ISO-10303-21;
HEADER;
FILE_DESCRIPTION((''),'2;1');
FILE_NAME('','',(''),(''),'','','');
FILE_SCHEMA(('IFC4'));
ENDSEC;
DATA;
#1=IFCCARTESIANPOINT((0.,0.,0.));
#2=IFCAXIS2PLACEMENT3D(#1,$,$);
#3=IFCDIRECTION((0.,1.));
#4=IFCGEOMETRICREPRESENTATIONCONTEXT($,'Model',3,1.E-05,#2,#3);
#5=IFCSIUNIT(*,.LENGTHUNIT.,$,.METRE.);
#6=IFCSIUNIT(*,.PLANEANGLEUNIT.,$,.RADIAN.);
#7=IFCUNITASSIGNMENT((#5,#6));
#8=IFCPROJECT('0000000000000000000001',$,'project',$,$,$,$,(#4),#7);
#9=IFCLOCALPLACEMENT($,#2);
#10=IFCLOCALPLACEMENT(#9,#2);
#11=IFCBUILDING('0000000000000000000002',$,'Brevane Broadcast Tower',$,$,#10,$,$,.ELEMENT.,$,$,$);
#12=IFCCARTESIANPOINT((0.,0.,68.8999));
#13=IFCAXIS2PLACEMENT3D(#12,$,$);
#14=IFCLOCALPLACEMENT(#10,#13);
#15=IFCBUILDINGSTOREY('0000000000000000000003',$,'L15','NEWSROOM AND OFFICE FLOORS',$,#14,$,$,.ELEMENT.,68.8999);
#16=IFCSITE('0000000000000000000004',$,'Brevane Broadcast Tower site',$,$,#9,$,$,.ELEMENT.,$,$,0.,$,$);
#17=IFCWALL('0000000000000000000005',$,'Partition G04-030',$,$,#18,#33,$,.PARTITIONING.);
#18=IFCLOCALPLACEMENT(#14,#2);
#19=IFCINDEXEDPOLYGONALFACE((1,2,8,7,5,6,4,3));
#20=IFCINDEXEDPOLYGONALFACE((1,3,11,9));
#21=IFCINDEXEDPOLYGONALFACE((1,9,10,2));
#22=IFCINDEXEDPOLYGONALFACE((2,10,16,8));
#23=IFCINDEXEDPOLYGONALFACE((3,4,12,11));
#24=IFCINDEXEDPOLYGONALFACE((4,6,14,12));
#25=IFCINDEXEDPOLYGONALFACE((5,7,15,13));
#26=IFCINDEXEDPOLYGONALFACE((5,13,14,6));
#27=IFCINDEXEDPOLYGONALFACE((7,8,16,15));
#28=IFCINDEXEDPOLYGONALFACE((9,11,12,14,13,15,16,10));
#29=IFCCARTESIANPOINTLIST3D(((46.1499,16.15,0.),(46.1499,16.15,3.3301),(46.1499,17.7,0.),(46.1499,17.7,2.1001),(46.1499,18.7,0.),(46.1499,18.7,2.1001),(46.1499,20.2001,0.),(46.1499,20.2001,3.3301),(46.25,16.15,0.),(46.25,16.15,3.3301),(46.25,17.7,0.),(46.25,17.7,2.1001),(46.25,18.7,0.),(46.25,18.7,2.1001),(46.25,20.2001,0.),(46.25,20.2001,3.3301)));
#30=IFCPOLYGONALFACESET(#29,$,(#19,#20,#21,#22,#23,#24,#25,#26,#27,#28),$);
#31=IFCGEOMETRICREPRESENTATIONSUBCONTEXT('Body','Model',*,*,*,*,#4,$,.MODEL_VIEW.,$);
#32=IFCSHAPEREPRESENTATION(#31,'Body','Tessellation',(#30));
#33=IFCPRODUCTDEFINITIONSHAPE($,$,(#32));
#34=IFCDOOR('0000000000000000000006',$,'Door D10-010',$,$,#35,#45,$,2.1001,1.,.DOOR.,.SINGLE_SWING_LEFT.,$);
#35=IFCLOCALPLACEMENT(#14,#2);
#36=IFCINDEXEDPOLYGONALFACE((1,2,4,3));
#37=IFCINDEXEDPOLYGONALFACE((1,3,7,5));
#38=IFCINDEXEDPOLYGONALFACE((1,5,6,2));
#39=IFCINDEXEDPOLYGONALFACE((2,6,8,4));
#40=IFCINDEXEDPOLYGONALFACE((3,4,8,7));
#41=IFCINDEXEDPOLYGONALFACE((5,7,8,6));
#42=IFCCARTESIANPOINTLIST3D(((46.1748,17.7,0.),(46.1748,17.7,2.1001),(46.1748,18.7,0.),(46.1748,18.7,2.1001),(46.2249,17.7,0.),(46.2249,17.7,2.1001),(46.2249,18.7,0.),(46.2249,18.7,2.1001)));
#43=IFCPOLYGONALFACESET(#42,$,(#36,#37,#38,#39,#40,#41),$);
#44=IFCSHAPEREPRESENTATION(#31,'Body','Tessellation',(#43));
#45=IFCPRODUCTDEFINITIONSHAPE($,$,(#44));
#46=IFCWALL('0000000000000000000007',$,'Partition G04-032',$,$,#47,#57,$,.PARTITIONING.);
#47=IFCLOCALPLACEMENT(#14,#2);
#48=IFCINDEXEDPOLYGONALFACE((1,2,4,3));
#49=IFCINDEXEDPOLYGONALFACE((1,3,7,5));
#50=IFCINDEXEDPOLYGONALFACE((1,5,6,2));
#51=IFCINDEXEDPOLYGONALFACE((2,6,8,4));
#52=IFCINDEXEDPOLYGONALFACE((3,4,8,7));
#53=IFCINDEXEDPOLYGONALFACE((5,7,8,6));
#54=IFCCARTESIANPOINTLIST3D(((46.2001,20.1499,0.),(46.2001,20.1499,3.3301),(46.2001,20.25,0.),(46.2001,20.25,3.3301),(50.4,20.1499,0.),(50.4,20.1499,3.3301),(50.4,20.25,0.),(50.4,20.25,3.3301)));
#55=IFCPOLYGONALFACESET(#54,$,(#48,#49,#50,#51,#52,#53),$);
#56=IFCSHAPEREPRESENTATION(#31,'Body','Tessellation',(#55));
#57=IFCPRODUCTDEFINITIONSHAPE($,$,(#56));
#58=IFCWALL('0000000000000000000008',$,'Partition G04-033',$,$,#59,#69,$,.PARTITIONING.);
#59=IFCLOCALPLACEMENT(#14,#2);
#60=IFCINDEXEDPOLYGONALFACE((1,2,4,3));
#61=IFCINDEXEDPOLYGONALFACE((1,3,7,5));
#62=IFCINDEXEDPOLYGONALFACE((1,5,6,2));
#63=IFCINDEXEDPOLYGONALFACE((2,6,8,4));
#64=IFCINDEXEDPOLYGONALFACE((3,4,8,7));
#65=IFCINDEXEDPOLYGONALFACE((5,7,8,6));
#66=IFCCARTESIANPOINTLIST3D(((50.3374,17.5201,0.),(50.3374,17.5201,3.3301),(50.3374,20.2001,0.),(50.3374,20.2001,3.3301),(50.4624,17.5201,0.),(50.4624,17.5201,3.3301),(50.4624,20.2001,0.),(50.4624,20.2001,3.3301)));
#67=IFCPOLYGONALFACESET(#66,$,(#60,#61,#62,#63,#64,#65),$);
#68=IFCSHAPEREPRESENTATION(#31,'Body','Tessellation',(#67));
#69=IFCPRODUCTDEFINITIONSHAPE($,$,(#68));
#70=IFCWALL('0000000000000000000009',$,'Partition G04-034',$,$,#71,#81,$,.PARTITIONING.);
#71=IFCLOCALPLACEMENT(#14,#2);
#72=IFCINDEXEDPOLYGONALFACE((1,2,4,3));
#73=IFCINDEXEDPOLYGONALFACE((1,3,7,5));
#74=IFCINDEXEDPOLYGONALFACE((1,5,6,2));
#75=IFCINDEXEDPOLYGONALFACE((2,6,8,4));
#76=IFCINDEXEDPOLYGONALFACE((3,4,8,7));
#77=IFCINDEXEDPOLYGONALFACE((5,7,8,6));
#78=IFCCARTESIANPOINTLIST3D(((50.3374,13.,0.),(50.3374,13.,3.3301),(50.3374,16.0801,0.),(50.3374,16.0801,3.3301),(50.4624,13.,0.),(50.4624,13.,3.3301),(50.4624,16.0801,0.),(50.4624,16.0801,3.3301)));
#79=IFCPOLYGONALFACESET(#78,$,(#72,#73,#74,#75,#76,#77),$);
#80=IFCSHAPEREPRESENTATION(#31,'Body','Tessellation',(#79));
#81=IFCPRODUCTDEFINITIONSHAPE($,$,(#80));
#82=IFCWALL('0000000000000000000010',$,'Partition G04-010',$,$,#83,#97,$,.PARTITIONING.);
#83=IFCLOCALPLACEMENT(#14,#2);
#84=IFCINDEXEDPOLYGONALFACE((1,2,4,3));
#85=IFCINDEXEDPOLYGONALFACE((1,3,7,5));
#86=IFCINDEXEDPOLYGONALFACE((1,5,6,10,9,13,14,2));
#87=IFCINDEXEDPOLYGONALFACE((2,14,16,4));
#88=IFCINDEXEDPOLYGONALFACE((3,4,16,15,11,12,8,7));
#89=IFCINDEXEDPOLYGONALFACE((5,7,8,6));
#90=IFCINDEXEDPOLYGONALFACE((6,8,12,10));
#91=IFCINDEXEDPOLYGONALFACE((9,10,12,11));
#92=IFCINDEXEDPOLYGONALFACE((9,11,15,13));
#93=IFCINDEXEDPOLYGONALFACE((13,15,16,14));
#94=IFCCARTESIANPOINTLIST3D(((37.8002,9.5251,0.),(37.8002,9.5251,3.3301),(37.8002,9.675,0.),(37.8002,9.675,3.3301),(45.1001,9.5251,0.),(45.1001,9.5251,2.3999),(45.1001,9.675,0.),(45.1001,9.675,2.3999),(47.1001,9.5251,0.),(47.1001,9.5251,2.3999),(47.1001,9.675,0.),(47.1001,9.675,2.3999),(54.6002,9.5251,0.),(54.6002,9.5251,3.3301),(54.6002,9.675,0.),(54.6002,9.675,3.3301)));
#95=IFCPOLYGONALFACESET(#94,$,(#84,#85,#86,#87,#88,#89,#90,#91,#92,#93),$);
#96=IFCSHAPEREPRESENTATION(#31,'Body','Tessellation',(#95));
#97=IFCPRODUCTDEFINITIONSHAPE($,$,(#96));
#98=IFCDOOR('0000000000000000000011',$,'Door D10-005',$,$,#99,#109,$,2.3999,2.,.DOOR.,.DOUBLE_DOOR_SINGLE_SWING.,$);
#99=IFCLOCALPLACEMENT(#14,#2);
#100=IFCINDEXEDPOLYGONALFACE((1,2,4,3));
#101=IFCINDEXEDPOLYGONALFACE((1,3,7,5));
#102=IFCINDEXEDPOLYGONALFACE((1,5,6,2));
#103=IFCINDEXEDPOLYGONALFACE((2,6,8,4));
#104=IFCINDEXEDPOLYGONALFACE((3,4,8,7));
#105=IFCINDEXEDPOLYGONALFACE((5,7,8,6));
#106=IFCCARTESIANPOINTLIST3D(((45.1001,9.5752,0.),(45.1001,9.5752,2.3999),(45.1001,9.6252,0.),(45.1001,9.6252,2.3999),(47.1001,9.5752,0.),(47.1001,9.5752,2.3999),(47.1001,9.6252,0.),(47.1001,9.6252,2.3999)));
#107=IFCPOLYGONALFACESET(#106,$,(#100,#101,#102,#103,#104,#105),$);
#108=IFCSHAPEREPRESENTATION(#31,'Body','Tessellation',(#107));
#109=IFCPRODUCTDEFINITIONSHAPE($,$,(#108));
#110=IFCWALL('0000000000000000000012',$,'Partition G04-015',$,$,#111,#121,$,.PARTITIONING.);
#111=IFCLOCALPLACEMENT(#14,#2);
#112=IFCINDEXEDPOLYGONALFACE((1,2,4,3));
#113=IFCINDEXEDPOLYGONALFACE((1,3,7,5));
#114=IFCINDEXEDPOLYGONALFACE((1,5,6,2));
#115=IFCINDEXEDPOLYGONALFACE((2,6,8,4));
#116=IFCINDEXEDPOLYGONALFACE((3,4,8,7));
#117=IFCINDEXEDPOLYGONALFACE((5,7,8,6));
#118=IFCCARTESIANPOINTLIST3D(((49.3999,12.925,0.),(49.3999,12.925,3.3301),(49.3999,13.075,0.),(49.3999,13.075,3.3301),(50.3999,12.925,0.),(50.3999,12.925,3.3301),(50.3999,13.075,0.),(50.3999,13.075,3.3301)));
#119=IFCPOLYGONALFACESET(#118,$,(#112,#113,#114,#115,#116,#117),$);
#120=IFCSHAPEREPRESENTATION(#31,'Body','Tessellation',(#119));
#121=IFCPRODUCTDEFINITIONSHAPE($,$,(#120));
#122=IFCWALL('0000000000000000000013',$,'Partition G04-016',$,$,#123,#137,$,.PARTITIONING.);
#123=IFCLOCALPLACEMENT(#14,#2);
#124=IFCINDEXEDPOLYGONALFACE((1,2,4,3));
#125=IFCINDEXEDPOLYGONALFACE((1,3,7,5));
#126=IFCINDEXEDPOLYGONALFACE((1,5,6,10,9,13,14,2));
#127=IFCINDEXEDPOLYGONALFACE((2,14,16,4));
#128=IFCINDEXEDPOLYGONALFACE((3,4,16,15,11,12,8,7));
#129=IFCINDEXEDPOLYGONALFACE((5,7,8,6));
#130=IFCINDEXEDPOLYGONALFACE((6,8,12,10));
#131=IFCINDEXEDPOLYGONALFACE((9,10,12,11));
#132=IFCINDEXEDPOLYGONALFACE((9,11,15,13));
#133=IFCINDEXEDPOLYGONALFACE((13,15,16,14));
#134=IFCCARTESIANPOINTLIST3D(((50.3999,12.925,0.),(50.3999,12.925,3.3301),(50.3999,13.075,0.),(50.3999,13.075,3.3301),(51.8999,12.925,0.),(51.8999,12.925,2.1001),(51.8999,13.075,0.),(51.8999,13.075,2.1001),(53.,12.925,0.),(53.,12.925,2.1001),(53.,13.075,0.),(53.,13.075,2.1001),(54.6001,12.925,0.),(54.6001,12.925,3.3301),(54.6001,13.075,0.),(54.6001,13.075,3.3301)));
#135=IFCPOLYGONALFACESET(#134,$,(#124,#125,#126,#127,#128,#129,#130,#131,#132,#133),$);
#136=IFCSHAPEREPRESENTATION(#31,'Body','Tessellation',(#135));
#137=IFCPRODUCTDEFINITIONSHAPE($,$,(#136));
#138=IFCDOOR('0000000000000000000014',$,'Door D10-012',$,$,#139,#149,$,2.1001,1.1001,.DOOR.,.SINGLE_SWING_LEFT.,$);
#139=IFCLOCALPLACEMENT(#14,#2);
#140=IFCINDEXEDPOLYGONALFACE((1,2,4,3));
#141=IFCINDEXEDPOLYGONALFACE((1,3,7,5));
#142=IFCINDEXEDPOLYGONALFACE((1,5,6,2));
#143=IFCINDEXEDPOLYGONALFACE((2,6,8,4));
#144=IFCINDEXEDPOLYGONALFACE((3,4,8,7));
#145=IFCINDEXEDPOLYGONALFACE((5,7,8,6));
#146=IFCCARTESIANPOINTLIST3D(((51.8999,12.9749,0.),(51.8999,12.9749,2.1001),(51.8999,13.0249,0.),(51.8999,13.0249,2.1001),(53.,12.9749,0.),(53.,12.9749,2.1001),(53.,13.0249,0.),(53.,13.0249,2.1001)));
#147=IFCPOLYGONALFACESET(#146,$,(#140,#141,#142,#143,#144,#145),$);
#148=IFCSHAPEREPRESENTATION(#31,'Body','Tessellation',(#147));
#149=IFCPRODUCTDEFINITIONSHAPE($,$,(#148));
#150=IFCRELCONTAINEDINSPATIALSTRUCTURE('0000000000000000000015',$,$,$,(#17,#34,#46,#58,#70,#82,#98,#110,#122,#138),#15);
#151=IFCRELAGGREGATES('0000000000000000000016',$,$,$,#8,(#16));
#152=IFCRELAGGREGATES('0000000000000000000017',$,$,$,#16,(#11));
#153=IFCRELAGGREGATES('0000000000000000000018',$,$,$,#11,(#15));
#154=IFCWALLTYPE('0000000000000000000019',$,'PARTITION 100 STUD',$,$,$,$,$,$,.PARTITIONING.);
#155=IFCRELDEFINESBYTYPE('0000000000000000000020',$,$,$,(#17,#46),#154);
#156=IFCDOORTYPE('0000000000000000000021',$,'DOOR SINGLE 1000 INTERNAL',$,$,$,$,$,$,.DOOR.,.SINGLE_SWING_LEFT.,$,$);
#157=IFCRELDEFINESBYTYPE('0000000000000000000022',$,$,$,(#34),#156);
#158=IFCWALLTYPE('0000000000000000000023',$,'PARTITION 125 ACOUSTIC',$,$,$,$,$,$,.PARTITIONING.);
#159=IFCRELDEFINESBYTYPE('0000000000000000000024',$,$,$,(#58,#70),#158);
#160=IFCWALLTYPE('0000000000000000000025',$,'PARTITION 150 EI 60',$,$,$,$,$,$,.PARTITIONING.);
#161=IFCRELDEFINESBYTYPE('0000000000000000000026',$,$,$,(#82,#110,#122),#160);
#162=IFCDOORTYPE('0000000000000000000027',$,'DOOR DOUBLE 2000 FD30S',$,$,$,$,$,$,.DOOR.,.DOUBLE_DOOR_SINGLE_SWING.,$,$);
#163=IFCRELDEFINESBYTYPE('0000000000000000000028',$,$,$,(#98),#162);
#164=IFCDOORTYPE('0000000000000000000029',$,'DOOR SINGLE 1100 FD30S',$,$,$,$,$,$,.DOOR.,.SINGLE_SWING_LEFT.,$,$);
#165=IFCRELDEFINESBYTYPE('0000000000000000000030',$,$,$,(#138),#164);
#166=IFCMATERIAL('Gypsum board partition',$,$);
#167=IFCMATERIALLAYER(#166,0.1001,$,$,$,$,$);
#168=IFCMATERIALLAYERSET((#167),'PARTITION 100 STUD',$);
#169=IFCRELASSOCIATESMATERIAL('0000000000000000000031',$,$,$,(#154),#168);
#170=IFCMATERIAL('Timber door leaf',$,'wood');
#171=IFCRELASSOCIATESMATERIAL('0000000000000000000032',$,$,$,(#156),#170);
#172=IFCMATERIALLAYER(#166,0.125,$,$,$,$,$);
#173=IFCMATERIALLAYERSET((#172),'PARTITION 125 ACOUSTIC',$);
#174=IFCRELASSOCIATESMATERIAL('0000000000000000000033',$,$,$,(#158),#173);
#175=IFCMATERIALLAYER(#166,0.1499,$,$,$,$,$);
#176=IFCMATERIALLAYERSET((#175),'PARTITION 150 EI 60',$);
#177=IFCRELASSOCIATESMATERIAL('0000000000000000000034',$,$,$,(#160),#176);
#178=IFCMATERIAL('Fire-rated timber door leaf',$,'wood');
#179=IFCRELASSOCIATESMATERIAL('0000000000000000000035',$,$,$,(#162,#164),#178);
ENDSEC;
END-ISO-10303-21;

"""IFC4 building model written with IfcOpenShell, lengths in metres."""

from ifc_helpers import new_model, si_unit, direction, frame, frame_2d, origin, place, context, subcontext, project, spatial, rectangle, extrude, material, layer, layer_set, type_object, element, fill, save


model = new_model("IFC4")

# Units and contexts
model_context = context("Model", 3, precision=1e-05, world=origin(), true_north=direction((0.0, 1.0)))
body_context = subcontext(model_context, "Body", "Model", "MODEL_VIEW")
ifc_project = project(units=[si_unit("LENGTHUNIT", "METRE"), si_unit("PLANEANGLEUNIT", "RADIAN")], contexts=[model_context])

# Site, building, storey
site_placement = place(None, origin())
site = spatial("IfcSite", under=ifc_project, at=site_placement, Name="Brevane Broadcast Tower site", CompositionType="ELEMENT", RefElevation=0.0)
building_placement = place(site_placement, origin())
building = spatial("IfcBuilding", under=site, at=building_placement, Name="Brevane Broadcast Tower", CompositionType="ELEMENT")
storey_placement = place(building_placement, frame((0.0, 0.0, 68.8999)))
storey = spatial("IfcBuildingStorey", under=building, at=storey_placement, Name="L15", Description="NEWSROOM AND OFFICE FLOORS", CompositionType="ELEMENT", Elevation=68.8999)

# Shared definitions
ifc_material_1 = material(Name="Gypsum board partition")
ifc_layer_1 = layer(ifc_material_1, 0.1001)
ifc_layer_set_1 = layer_set([ifc_layer_1], Name="PARTITION 100 STUD")
wall_type_1 = type_object("IfcWallType", Name="PARTITION 100 STUD", PredefinedType="PARTITIONING", material=ifc_layer_set_1)

# Wall, opening, door
wall_1_placement = place(storey_placement, frame((46.2, 20.2, 0.0), z_axis=(0.0, 0.0, 1.0), x_axis=(0.0, -1.0, 0.0)))
wall_1 = element("IfcWall", 1, at=wall_1_placement, inside=storey, type_object=wall_type_1, Name="Partition G04-030", PredefinedType="PARTITIONING", context=body_context, shape_type="SweptSolid", body=[
    extrude(rectangle(XDim=4.05, YDim=0.1001, at=frame_2d((2.0249, 0.0))), origin(), (0.0, 0.0, 1.0), 3.3301),
])
opening_1_placement = place(wall_1_placement, frame((1.5, 0.0, 0.0)))
opening_1 = element("IfcOpeningElement", 2, at=opening_1_placement, cuts=wall_1, PredefinedType="OPENING", context=body_context, shape_type="SweptSolid", body=[
    extrude(rectangle(XDim=1.0, YDim=2.1001, at=frame_2d((0.5, 1.05))), frame((0.0, 0.0601, 0.0), z_axis=(0.0, -1.0, 0.0), x_axis=(1.0, 0.0, 0.0)), (0.0, 0.0, 1.0), 0.1201),
])
ifc_material_2 = material(Name="Timber door leaf", Category="wood")
door_type_1 = type_object("IfcDoorType", Name="DOOR SINGLE 1000 INTERNAL", OperationType="SINGLE_SWING_LEFT", PredefinedType="DOOR", material=ifc_material_2)
door_1_placement = place(opening_1_placement, origin())
door_1 = element("IfcDoor", 3, at=door_1_placement, inside=storey, type_object=door_type_1, Name="Door D10-010", OperationType="SINGLE_SWING_LEFT", OverallHeight=2.1001, OverallWidth=1.0, PredefinedType="DOOR", context=body_context, shape_type="SweptSolid", body=[
    extrude(rectangle(XDim=1.0, YDim=2.1001, at=frame_2d((0.5, 1.05))), frame((0.0, 0.0249, 0.0), z_axis=(0.0, -1.0, 0.0), x_axis=(1.0, 0.0, 0.0)), (0.0, 0.0, 1.0), 0.05),
])
fill(opening_1, door_1)

# Walls
wall_2_placement = place(storey_placement, frame((46.2, 20.2, 0.0), z_axis=(0.0, 0.0, 1.0), x_axis=(1.0, 0.0, 0.0)))
element("IfcWall", 4, at=wall_2_placement, inside=storey, type_object=wall_type_1, Name="Partition G04-032", PredefinedType="PARTITIONING", context=body_context, shape_type="SweptSolid", body=[
    extrude(rectangle(XDim=4.2, YDim=0.1001, at=frame_2d((2.1001, 0.0))), origin(), (0.0, 0.0, 1.0), 3.3301),
])
ifc_layer_2 = layer(ifc_material_1, 0.125)
ifc_layer_set_2 = layer_set([ifc_layer_2], Name="PARTITION 125 ACOUSTIC")
wall_type_2 = type_object("IfcWallType", Name="PARTITION 125 ACOUSTIC", PredefinedType="PARTITIONING", material=ifc_layer_set_2)
wall_3_placement = place(storey_placement, frame((50.3999, 20.2, 0.0), z_axis=(0.0, 0.0, 1.0), x_axis=(0.0, -1.0, 0.0)))
element("IfcWall", 5, at=wall_3_placement, inside=storey, type_object=wall_type_2, Name="Partition G04-033", PredefinedType="PARTITIONING", context=body_context, shape_type="SweptSolid", body=[
    extrude(rectangle(XDim=2.6799, YDim=0.125, at=frame_2d((1.3398, 0.0))), origin(), (0.0, 0.0, 1.0), 3.3301),
])
wall_4_placement = place(storey_placement, frame((50.3999, 16.0801, 0.0), z_axis=(0.0, 0.0, 1.0), x_axis=(0.0, -1.0, 0.0)))
element("IfcWall", 6, at=wall_4_placement, inside=storey, type_object=wall_type_2, Name="Partition G04-034", PredefinedType="PARTITIONING", context=body_context, shape_type="SweptSolid", body=[
    extrude(rectangle(XDim=3.0801, YDim=0.125, at=frame_2d((1.54, 0.0))), origin(), (0.0, 0.0, 1.0), 3.3301),
])

# Wall, opening, door
ifc_layer_3 = layer(ifc_material_1, 0.1499)
ifc_layer_set_3 = layer_set([ifc_layer_3], Name="PARTITION 150 EI 60")
wall_type_3 = type_object("IfcWallType", Name="PARTITION 150 EI 60", PredefinedType="PARTITIONING", material=ifc_layer_set_3)
wall_5_placement = place(storey_placement, frame((54.6001, 9.6001, 0.0), z_axis=(0.0, 0.0, 1.0), x_axis=(-1.0, 0.0, 0.0)))
wall_5 = element("IfcWall", 7, at=wall_5_placement, inside=storey, type_object=wall_type_3, Name="Partition G04-010", PredefinedType="PARTITIONING", context=body_context, shape_type="SweptSolid", body=[
    extrude(rectangle(XDim=16.8, YDim=0.1499, at=frame_2d((8.3999, 0.0))), origin(), (0.0, 0.0, 1.0), 3.3301),
])
opening_2_placement = place(wall_5_placement, frame((7.5, 0.0, 0.0)))
opening_2 = element("IfcOpeningElement", 8, at=opening_2_placement, cuts=wall_5, PredefinedType="OPENING", context=body_context, shape_type="SweptSolid", body=[
    extrude(rectangle(XDim=2.0, YDim=2.3999, at=frame_2d((1.0, 1.2))), frame((0.0, 0.085, 0.0), z_axis=(0.0, -1.0, 0.0), x_axis=(1.0, 0.0, 0.0)), (0.0, 0.0, 1.0), 0.1699),
])
ifc_material_3 = material(Name="Fire-rated timber door leaf", Category="wood")
door_type_2 = type_object("IfcDoorType", Name="DOOR DOUBLE 2000 FD30S", OperationType="DOUBLE_DOOR_SINGLE_SWING", PredefinedType="DOOR", material=ifc_material_3)
door_2_placement = place(opening_2_placement, origin())
door_2 = element("IfcDoor", 9, at=door_2_placement, inside=storey, type_object=door_type_2, Name="Door D10-005", OperationType="DOUBLE_DOOR_SINGLE_SWING", OverallHeight=2.3999, OverallWidth=2.0, PredefinedType="DOOR", context=body_context, shape_type="SweptSolid", body=[
    extrude(rectangle(XDim=2.0, YDim=2.3999, at=frame_2d((1.0, 1.2))), frame((0.0, 0.0249, 0.0), z_axis=(0.0, -1.0, 0.0), x_axis=(1.0, 0.0, 0.0)), (0.0, 0.0, 1.0), 0.05),
])
fill(opening_2, door_2)

# Wall
wall_6_placement = place(storey_placement, frame((49.3999, 13.0, 0.0), z_axis=(0.0, 0.0, 1.0), x_axis=(1.0, 0.0, 0.0)))
element("IfcWall", 10, at=wall_6_placement, inside=storey, type_object=wall_type_3, Name="Partition G04-015", PredefinedType="PARTITIONING", context=body_context, shape_type="SweptSolid", body=[
    extrude(rectangle(XDim=1.0, YDim=0.1499, at=frame_2d((0.5, 0.0))), origin(), (0.0, 0.0, 1.0), 3.3301),
])

# Wall, opening, door
wall_7_placement = place(storey_placement, frame((50.3999, 13.0, 0.0), z_axis=(0.0, 0.0, 1.0), x_axis=(1.0, 0.0, 0.0)))
wall_7 = element("IfcWall", 11, at=wall_7_placement, inside=storey, type_object=wall_type_3, Name="Partition G04-016", PredefinedType="PARTITIONING", context=body_context, shape_type="SweptSolid", body=[
    extrude(rectangle(XDim=4.2002, YDim=0.1499, at=frame_2d((2.1001, 0.0))), origin(), (0.0, 0.0, 1.0), 3.3301),
])
opening_3_placement = place(wall_7_placement, frame((1.5, 0.0, 0.0)))
opening_3 = element("IfcOpeningElement", 12, at=opening_3_placement, cuts=wall_7, PredefinedType="OPENING", context=body_context, shape_type="SweptSolid", body=[
    extrude(rectangle(XDim=1.1001, YDim=2.1001, at=frame_2d((0.55, 1.05))), frame((0.0, 0.085, 0.0), z_axis=(0.0, -1.0, 0.0), x_axis=(1.0, 0.0, 0.0)), (0.0, 0.0, 1.0), 0.1699),
])
door_type_3 = type_object("IfcDoorType", Name="DOOR SINGLE 1100 FD30S", OperationType="SINGLE_SWING_LEFT", PredefinedType="DOOR", material=ifc_material_3)
door_3_placement = place(opening_3_placement, origin())
door_3 = element("IfcDoor", 13, at=door_3_placement, inside=storey, type_object=door_type_3, Name="Door D10-012", OperationType="SINGLE_SWING_LEFT", OverallHeight=2.1001, OverallWidth=1.1001, PredefinedType="DOOR", context=body_context, shape_type="SweptSolid", body=[
    extrude(rectangle(XDim=1.1001, YDim=2.1001, at=frame_2d((0.55, 1.05))), frame((0.0, 0.0249, 0.0), z_axis=(0.0, -1.0, 0.0), x_axis=(1.0, 0.0, 0.0)), (0.0, 0.0, 1.0), 0.05),
])
fill(opening_3, door_3)

save(model, "model.ifc")
